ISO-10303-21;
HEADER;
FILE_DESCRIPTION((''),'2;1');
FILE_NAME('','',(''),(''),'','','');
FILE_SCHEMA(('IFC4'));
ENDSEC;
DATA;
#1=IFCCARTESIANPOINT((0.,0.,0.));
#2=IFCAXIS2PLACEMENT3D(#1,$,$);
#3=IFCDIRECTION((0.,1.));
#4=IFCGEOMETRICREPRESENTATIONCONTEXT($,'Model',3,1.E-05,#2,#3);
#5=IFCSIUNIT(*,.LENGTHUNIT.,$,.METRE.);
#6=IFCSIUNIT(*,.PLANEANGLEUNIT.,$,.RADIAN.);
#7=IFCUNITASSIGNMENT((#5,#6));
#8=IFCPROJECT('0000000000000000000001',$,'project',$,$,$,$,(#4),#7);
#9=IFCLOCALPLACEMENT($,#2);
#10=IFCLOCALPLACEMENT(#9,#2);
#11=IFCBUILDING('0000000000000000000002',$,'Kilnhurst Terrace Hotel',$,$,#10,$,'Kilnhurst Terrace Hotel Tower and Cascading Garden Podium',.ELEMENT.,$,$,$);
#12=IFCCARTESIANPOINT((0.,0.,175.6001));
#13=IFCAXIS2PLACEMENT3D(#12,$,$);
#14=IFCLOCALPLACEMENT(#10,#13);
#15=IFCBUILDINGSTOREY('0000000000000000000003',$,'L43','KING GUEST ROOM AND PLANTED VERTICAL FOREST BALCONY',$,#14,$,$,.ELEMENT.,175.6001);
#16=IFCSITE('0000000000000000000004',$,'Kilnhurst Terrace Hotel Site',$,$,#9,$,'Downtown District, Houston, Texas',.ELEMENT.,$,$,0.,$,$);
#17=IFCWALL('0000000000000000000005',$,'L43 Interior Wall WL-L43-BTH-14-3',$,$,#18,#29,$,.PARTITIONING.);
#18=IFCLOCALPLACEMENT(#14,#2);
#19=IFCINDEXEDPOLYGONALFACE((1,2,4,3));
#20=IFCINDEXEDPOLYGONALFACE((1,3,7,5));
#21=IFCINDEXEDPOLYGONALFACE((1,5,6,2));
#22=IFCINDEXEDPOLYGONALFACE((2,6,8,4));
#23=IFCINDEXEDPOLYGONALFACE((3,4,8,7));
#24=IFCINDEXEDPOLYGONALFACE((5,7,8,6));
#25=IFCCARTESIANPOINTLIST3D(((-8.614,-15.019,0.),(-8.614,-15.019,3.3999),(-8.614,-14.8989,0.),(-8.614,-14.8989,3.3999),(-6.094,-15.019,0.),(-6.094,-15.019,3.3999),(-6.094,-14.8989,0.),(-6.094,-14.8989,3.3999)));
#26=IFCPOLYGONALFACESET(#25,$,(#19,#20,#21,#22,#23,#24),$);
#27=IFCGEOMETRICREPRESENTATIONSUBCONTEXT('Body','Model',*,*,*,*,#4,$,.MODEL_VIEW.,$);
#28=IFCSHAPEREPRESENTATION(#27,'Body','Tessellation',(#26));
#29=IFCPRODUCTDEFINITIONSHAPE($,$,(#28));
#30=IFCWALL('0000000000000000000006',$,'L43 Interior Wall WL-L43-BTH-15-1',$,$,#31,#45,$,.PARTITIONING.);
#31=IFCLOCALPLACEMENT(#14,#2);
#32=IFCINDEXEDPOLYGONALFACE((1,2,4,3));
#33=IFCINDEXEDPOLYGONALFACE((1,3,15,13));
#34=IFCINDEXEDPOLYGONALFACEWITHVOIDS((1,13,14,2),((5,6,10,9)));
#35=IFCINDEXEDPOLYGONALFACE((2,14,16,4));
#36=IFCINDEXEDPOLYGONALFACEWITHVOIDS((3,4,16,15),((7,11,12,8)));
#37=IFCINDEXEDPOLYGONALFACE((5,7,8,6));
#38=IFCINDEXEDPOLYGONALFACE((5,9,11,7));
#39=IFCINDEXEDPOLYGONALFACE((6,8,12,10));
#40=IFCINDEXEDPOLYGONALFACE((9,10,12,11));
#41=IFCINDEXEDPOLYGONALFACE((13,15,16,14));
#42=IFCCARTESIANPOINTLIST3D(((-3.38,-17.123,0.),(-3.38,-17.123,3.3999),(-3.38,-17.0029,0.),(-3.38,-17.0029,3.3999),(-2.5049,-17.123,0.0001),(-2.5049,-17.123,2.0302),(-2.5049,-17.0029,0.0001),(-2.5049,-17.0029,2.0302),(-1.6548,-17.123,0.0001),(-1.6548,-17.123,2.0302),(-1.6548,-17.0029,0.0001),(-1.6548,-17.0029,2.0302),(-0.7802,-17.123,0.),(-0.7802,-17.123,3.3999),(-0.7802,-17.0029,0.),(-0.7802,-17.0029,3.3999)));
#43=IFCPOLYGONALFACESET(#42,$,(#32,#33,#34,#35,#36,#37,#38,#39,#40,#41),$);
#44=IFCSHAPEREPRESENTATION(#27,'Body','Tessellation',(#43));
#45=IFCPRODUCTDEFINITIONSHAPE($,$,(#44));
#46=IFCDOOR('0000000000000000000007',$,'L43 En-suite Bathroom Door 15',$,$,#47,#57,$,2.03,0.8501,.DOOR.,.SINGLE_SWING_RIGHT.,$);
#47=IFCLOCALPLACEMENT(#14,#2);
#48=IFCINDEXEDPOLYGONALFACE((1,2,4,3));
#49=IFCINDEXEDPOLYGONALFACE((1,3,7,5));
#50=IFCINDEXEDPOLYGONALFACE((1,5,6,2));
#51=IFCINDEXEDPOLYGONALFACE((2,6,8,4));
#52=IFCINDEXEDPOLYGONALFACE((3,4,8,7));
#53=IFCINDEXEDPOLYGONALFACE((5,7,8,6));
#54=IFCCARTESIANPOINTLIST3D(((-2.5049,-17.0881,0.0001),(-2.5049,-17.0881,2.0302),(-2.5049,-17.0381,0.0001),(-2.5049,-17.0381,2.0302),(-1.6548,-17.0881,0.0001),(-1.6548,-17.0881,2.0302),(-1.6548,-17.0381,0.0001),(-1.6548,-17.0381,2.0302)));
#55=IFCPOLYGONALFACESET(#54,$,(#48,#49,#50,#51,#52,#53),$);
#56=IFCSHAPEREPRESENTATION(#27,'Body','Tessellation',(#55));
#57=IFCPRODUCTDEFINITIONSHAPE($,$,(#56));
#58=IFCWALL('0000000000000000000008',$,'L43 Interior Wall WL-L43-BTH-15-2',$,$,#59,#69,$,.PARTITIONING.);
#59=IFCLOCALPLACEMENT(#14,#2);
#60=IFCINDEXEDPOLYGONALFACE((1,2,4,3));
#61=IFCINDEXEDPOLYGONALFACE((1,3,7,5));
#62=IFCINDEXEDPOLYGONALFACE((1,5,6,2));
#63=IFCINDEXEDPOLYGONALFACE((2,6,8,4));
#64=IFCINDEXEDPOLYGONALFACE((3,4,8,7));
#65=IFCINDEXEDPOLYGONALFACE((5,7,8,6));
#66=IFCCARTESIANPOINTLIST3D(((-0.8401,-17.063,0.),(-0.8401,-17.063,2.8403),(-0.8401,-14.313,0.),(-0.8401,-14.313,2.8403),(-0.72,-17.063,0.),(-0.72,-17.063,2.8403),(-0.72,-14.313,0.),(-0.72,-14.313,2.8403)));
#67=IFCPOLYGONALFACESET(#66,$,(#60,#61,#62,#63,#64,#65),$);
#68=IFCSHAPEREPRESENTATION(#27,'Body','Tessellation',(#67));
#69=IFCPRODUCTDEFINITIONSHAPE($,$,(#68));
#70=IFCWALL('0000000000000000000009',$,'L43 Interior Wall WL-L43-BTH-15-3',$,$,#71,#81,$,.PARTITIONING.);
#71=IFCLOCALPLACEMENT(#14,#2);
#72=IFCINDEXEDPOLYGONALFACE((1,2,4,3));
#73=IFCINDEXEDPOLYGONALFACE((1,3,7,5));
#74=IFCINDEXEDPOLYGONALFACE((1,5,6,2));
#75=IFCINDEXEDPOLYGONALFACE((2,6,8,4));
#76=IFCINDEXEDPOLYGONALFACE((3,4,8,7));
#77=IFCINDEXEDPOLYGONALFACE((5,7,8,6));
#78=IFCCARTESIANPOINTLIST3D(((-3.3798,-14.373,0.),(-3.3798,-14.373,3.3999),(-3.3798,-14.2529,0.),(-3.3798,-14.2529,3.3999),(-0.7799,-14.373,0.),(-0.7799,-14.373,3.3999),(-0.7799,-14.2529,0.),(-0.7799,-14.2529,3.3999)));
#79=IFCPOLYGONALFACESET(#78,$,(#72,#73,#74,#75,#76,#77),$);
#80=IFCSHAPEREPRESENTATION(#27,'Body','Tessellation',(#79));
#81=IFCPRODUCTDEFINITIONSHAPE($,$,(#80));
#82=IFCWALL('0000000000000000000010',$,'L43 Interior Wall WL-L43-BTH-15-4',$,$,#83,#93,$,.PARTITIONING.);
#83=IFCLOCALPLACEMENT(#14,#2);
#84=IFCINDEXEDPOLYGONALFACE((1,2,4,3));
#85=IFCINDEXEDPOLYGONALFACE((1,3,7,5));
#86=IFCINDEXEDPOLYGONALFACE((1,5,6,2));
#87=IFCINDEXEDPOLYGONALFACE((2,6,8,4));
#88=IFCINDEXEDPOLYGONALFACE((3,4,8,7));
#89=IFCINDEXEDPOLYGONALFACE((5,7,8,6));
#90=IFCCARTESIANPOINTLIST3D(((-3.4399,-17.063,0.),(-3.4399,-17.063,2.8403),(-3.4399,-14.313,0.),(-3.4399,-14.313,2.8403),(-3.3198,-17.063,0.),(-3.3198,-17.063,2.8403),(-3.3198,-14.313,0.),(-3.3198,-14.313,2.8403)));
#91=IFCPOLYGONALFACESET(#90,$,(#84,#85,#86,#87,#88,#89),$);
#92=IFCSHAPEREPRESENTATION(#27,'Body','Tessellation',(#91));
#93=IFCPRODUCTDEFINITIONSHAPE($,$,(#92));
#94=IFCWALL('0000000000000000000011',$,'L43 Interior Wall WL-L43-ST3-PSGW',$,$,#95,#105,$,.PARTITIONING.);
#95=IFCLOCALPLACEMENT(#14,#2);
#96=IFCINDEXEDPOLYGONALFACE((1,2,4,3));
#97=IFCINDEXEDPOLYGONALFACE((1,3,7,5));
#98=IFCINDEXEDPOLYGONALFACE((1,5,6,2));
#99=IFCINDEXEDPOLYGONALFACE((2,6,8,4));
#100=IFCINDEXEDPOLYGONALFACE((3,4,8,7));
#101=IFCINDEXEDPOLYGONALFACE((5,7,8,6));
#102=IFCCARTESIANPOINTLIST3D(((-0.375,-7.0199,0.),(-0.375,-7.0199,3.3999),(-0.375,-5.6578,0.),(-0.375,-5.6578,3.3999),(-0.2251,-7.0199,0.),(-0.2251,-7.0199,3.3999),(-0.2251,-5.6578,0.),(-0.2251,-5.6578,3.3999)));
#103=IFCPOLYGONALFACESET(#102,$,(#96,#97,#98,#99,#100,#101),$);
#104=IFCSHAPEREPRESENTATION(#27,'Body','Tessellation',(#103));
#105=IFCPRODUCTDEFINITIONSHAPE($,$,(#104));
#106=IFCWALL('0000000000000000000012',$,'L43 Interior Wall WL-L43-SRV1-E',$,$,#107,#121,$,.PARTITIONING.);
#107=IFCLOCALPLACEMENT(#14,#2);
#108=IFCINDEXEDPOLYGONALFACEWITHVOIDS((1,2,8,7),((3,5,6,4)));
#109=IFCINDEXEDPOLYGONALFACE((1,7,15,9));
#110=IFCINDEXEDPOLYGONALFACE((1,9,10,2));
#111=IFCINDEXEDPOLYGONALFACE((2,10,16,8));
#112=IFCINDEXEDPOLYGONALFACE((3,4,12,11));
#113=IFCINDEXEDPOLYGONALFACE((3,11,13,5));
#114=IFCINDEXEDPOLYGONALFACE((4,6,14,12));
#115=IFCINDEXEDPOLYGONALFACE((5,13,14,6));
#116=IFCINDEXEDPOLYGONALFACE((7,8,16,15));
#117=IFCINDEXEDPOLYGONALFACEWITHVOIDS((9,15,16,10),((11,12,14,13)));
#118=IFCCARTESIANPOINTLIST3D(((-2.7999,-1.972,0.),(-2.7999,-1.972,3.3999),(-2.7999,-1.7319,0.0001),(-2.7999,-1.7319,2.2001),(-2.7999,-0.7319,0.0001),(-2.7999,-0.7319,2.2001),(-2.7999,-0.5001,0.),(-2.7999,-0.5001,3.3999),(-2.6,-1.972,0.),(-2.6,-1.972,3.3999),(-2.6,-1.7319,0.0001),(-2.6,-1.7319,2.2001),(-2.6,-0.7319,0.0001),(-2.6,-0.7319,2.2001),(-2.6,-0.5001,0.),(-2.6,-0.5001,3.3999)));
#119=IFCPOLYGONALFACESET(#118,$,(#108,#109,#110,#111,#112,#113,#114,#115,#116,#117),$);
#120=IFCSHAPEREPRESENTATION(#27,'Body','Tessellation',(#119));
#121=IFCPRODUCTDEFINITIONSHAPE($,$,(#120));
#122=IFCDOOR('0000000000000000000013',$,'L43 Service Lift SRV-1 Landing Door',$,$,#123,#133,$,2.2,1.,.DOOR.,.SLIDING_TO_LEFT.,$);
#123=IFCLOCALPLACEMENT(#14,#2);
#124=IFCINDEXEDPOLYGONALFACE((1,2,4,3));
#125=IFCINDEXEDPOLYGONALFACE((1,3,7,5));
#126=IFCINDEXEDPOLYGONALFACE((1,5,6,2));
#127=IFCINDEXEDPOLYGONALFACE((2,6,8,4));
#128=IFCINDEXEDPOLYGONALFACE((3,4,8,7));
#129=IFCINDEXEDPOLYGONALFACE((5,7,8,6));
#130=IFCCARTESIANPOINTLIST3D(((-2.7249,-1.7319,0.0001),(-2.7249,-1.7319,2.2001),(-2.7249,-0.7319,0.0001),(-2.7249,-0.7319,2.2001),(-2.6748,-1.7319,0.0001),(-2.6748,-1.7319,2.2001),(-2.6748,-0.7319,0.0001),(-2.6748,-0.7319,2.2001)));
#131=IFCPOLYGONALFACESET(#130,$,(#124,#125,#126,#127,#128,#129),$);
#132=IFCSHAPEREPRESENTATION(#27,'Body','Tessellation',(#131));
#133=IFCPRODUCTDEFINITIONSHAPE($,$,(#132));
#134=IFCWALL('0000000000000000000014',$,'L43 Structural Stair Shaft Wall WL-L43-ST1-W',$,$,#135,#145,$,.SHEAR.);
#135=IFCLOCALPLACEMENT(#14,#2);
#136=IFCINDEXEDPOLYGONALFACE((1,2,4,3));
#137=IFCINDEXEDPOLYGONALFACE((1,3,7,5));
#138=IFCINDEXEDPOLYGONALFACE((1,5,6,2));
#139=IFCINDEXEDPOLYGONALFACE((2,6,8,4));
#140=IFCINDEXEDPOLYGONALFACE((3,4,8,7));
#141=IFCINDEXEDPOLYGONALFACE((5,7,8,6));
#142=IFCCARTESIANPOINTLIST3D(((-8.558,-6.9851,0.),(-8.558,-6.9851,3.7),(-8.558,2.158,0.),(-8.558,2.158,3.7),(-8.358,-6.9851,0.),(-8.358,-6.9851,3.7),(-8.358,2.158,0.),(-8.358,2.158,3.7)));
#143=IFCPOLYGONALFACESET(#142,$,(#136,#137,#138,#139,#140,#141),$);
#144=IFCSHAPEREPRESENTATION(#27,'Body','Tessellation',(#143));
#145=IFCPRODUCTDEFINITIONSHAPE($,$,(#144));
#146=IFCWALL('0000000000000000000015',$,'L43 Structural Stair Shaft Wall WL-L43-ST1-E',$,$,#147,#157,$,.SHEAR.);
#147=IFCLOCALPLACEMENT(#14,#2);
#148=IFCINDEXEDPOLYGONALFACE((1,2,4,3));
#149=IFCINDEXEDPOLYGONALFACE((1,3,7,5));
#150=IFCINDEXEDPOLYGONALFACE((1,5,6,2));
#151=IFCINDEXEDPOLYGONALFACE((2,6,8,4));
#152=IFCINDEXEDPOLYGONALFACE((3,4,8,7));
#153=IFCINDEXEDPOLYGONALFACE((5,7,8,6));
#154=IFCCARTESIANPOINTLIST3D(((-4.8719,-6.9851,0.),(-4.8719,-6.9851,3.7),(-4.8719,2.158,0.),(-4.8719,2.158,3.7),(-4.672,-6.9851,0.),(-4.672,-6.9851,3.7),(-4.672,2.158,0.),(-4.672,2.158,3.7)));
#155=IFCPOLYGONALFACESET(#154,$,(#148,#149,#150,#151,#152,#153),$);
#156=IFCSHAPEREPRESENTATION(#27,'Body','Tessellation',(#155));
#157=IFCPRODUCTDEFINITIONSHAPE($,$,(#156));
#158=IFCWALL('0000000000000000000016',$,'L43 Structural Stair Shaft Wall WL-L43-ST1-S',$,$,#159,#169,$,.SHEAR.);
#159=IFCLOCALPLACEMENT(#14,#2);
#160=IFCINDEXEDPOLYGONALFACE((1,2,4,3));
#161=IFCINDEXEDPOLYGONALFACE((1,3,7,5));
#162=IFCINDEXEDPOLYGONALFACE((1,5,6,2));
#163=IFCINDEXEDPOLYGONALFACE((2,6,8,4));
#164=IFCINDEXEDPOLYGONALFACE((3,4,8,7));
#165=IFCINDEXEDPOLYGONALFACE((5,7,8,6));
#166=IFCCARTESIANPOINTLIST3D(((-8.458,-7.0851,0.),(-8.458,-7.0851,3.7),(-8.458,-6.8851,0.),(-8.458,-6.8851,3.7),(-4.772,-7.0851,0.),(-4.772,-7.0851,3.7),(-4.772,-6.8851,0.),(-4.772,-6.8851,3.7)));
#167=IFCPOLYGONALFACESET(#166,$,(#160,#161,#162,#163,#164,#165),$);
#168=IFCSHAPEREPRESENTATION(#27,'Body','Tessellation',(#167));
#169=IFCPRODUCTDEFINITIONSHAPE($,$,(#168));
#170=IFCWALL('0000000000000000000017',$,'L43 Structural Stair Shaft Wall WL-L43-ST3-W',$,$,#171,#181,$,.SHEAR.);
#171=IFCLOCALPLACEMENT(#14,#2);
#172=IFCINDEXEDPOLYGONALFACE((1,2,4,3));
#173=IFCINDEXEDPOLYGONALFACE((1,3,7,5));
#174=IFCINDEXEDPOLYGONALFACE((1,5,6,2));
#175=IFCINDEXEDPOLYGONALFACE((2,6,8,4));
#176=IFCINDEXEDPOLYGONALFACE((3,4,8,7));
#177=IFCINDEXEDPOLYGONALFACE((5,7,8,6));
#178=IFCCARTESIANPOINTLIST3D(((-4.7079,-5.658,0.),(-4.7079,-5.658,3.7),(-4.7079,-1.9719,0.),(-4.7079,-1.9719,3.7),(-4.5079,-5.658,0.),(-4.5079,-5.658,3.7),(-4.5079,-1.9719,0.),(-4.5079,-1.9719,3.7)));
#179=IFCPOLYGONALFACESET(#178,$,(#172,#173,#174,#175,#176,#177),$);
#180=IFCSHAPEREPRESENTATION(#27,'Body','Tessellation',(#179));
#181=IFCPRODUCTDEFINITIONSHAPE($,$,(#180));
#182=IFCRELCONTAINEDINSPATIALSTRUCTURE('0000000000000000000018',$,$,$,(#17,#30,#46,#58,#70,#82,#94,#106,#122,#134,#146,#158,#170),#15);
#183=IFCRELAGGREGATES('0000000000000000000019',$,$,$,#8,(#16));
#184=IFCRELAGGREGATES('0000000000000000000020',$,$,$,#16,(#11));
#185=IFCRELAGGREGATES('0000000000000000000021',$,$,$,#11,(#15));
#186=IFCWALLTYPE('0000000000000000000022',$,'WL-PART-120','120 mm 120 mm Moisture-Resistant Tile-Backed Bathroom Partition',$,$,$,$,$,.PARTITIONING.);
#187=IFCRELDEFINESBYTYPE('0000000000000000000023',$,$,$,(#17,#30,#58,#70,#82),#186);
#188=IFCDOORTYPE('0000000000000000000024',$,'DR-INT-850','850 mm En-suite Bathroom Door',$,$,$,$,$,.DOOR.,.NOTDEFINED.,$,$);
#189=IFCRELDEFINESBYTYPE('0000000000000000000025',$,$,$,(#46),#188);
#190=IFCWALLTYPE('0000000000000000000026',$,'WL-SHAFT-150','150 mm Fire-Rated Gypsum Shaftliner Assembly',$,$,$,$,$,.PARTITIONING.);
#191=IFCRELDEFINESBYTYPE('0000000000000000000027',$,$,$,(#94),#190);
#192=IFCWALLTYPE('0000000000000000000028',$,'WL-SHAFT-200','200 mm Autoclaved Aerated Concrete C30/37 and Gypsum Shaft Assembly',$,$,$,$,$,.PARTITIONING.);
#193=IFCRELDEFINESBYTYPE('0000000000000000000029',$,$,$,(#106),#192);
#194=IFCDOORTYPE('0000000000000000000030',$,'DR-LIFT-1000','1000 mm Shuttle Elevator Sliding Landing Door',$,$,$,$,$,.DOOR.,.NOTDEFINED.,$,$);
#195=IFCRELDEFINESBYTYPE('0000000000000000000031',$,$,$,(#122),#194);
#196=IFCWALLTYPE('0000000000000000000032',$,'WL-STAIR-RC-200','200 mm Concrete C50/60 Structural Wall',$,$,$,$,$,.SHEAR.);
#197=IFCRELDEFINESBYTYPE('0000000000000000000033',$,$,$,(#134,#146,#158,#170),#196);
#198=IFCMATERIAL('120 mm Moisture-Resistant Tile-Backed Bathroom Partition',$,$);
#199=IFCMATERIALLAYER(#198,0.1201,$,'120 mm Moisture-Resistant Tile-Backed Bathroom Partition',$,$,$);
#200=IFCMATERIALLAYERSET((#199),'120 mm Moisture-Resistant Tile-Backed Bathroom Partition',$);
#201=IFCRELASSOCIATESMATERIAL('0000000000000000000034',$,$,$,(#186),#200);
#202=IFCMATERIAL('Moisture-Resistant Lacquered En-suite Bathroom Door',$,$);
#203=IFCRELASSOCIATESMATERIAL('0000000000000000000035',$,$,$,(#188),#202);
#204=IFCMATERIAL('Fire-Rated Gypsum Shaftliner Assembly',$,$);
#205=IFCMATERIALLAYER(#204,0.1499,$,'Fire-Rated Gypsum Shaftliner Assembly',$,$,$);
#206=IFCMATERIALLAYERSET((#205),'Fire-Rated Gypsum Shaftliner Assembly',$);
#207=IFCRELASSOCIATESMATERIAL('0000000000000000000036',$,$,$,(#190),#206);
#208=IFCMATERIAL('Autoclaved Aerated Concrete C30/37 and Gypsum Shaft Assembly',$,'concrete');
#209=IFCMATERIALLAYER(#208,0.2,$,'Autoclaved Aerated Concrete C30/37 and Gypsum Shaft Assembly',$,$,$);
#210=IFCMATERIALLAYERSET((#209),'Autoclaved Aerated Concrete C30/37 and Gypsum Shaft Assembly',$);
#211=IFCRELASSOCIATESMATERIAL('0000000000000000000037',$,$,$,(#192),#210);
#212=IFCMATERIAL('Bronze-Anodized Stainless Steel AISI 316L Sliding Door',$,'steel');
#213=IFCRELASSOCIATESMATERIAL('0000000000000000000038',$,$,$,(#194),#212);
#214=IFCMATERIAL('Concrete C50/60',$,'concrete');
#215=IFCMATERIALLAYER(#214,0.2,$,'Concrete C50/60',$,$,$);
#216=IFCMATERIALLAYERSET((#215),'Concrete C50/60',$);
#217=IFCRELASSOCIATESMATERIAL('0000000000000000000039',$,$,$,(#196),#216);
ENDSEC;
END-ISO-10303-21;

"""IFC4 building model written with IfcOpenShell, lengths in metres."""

from ifc_helpers import new_model, si_unit, direction, frame, frame_2d, origin, place, context, subcontext, project, spatial, rectangle, extrude, material, layer, layer_set, type_object, element, fill, save


model = new_model("IFC4")

# Units and contexts
model_context = context("Model", 3, precision=1e-05, world=origin(), true_north=direction((0.0, 1.0)))
body_context = subcontext(model_context, "Body", "Model", "MODEL_VIEW")
ifc_project = project(units=[si_unit("LENGTHUNIT", "METRE"), si_unit("PLANEANGLEUNIT", "RADIAN")], contexts=[model_context])

# Site, building, storey
site_placement = place(None, origin())
site = spatial("IfcSite", under=ifc_project, at=site_placement, Name="Kilnhurst Terrace Hotel Site", LongName="Downtown District, Houston, Texas", CompositionType="ELEMENT", RefElevation=0.0)
building_placement = place(site_placement, origin())
building = spatial("IfcBuilding", under=site, at=building_placement, Name="Kilnhurst Terrace Hotel", LongName="Kilnhurst Terrace Hotel Tower and Cascading Garden Podium", CompositionType="ELEMENT")
storey_placement = place(building_placement, frame((0.0, 0.0, 175.6001)))
storey = spatial("IfcBuildingStorey", under=building, at=storey_placement, Name="L43", Description="KING GUEST ROOM AND PLANTED VERTICAL FOREST BALCONY", CompositionType="ELEMENT", Elevation=175.6001)

# Shared definitions
ifc_material_1 = material(Name="Concrete C50/60", Category="concrete")

# Wall
ifc_material_2 = material(Name="120 mm Moisture-Resistant Tile-Backed Bathroom Partition")
ifc_layer_1 = layer(ifc_material_2, 0.1201, Name="120 mm Moisture-Resistant Tile-Backed Bathroom Partition")
ifc_layer_set_1 = layer_set([ifc_layer_1], Name="120 mm Moisture-Resistant Tile-Backed Bathroom Partition")
wall_type_1 = type_object("IfcWallType", Name="WL-PART-120", Description="120 mm 120 mm Moisture-Resistant Tile-Backed Bathroom Partition", PredefinedType="PARTITIONING", material=ifc_layer_set_1)
wall_1_placement = place(storey_placement, frame((-6.094, -14.959, 0.0), z_axis=(0.0, 0.0, 1.0), x_axis=(-1.0, 0.0, 0.0)))
element("IfcWall", 1, at=wall_1_placement, inside=storey, type_object=wall_type_1, Name="L43 Interior Wall WL-L43-BTH-14-3", PredefinedType="PARTITIONING", context=body_context, shape_type="SweptSolid", body=[
    extrude(rectangle(XDim=2.52, YDim=0.1201, at=frame_2d((1.26, 0.0))), origin(), (0.0, 0.0, 1.0), 3.3999),
])

# Wall, opening, door
wall_2_placement = place(storey_placement, frame((-3.3799, -17.063, 0.0), z_axis=(0.0, 0.0, 1.0), x_axis=(1.0, 0.0, 0.0)))
wall_2 = element("IfcWall", 2, at=wall_2_placement, inside=storey, type_object=wall_type_1, Name="L43 Interior Wall WL-L43-BTH-15-1", PredefinedType="PARTITIONING", context=body_context, shape_type="SweptSolid", body=[
    extrude(rectangle(XDim=2.5999, YDim=0.1201, at=frame_2d((1.2998, 0.0))), origin(), (0.0, 0.0, 1.0), 3.3999),
])
opening_1_placement = place(wall_2_placement, frame((0.875, 0.0, 0.0)))
opening_1 = element("IfcOpeningElement", 3, at=opening_1_placement, cuts=wall_2, PredefinedType="OPENING", context=body_context, shape_type="SweptSolid", body=[
    extrude(rectangle(XDim=0.8501, YDim=2.03, at=frame_2d((0.425, 1.0151))), frame((0.0, 0.0701, 0.0), z_axis=(0.0, -1.0, 0.0), x_axis=(1.0, 0.0, 0.0)), (0.0, 0.0, 1.0), 0.1401),
])
ifc_material_3 = material(Name="Moisture-Resistant Lacquered En-suite Bathroom Door")
door_type_1 = type_object("IfcDoorType", Name="DR-INT-850", Description="850 mm En-suite Bathroom Door", OperationType="NOTDEFINED", PredefinedType="DOOR", material=ifc_material_3)
door_1_placement = place(opening_1_placement, origin())
door_1 = element("IfcDoor", 4, at=door_1_placement, inside=storey, type_object=door_type_1, Name="L43 En-suite Bathroom Door 15", OperationType="SINGLE_SWING_RIGHT", OverallHeight=2.03, OverallWidth=0.8501, PredefinedType="DOOR", context=body_context, shape_type="SweptSolid", body=[
    extrude(rectangle(XDim=0.8501, YDim=2.03, at=frame_2d((0.425, 1.0151))), frame((0.0, 0.0249, 0.0), z_axis=(0.0, -1.0, 0.0), x_axis=(1.0, 0.0, 0.0)), (0.0, 0.0, 1.0), 0.05),
])
fill(opening_1, door_1)

# Walls
wall_3_placement = place(storey_placement, frame((-0.78, -17.063, 0.0), z_axis=(0.0, 0.0, 1.0), x_axis=(0.0, 1.0, 0.0)))
element("IfcWall", 5, at=wall_3_placement, inside=storey, type_object=wall_type_1, Name="L43 Interior Wall WL-L43-BTH-15-2", PredefinedType="PARTITIONING", context=body_context, shape_type="SweptSolid", body=[
    extrude(rectangle(XDim=2.75, YDim=0.1201, at=frame_2d((1.375, 0.0))), origin(), (0.0, 0.0, 1.0), 2.8403),
])
wall_4_placement = place(storey_placement, frame((-0.78, -14.313, 0.0), z_axis=(0.0, 0.0, 1.0), x_axis=(-1.0, 0.0, 0.0)))
element("IfcWall", 6, at=wall_4_placement, inside=storey, type_object=wall_type_1, Name="L43 Interior Wall WL-L43-BTH-15-3", PredefinedType="PARTITIONING", context=body_context, shape_type="SweptSolid", body=[
    extrude(rectangle(XDim=2.5999, YDim=0.1201, at=frame_2d((1.2998, 0.0))), origin(), (0.0, 0.0, 1.0), 3.3999),
])
wall_5_placement = place(storey_placement, frame((-3.3799, -14.313, 0.0), z_axis=(0.0, 0.0, 1.0), x_axis=(0.0, -1.0, 0.0)))
element("IfcWall", 7, at=wall_5_placement, inside=storey, type_object=wall_type_1, Name="L43 Interior Wall WL-L43-BTH-15-4", PredefinedType="PARTITIONING", context=body_context, shape_type="SweptSolid", body=[
    extrude(rectangle(XDim=2.75, YDim=0.1201, at=frame_2d((1.375, 0.0))), origin(), (0.0, 0.0, 1.0), 2.8403),
])
ifc_material_4 = material(Name="Fire-Rated Gypsum Shaftliner Assembly")
ifc_layer_2 = layer(ifc_material_4, 0.1499, Name="Fire-Rated Gypsum Shaftliner Assembly")
ifc_layer_set_2 = layer_set([ifc_layer_2], Name="Fire-Rated Gypsum Shaftliner Assembly")
wall_type_2 = type_object("IfcWallType", Name="WL-SHAFT-150", Description="150 mm Fire-Rated Gypsum Shaftliner Assembly", PredefinedType="PARTITIONING", material=ifc_layer_set_2)
wall_6_placement = place(storey_placement, frame((-0.3, -7.02, 0.0), z_axis=(0.0, 0.0, 1.0), x_axis=(0.0, 1.0, 0.0)))
element("IfcWall", 8, at=wall_6_placement, inside=storey, type_object=wall_type_2, Name="L43 Interior Wall WL-L43-ST3-PSGW", PredefinedType="PARTITIONING", context=body_context, shape_type="SweptSolid", body=[
    extrude(rectangle(XDim=1.3621, YDim=0.1499, at=frame_2d((0.6812, 0.0))), origin(), (0.0, 0.0, 1.0), 3.3999),
])

# Wall, opening, door
ifc_material_5 = material(Name="Autoclaved Aerated Concrete C30/37 and Gypsum Shaft Assembly", Category="concrete")
ifc_layer_3 = layer(ifc_material_5, 0.2, Name="Autoclaved Aerated Concrete C30/37 and Gypsum Shaft Assembly")
ifc_layer_set_3 = layer_set([ifc_layer_3], Name="Autoclaved Aerated Concrete C30/37 and Gypsum Shaft Assembly")
wall_type_3 = type_object("IfcWallType", Name="WL-SHAFT-200", Description="200 mm Autoclaved Aerated Concrete C30/37 and Gypsum Shaft Assembly", PredefinedType="PARTITIONING", material=ifc_layer_set_3)
wall_7_placement = place(storey_placement, frame((-2.7, -1.9719, 0.0), z_axis=(0.0, 0.0, 1.0), x_axis=(0.0, 1.0, 0.0)))
wall_7 = element("IfcWall", 9, at=wall_7_placement, inside=storey, type_object=wall_type_3, Name="L43 Interior Wall WL-L43-SRV1-E", PredefinedType="PARTITIONING", context=body_context, shape_type="SweptSolid", body=[
    extrude(rectangle(XDim=1.4719, YDim=0.2, at=frame_2d((0.7358, 0.0))), origin(), (0.0, 0.0, 1.0), 3.3999),
])
opening_2_placement = place(wall_7_placement, frame((0.24, 0.0, 0.0)))
opening_2 = element("IfcOpeningElement", 10, at=opening_2_placement, cuts=wall_7, PredefinedType="OPENING", context=body_context, shape_type="SweptSolid", body=[
    extrude(rectangle(XDim=1.0, YDim=2.2, at=frame_2d((0.5, 1.1001))), frame((0.0, 0.1099, 0.0), z_axis=(0.0, -1.0, 0.0), x_axis=(1.0, 0.0, 0.0)), (0.0, 0.0, 1.0), 0.22),
])
ifc_material_6 = material(Name="Bronze-Anodized Stainless Steel AISI 316L Sliding Door", Category="steel")
door_type_2 = type_object("IfcDoorType", Name="DR-LIFT-1000", Description="1000 mm Shuttle Elevator Sliding Landing Door", OperationType="NOTDEFINED", PredefinedType="DOOR", material=ifc_material_6)
door_2_placement = place(opening_2_placement, origin())
door_2 = element("IfcDoor", 11, at=door_2_placement, inside=storey, type_object=door_type_2, Name="L43 Service Lift SRV-1 Landing Door", OperationType="SLIDING_TO_LEFT", OverallHeight=2.2, OverallWidth=1.0, PredefinedType="DOOR", context=body_context, shape_type="SweptSolid", body=[
    extrude(rectangle(XDim=1.0, YDim=2.2, at=frame_2d((0.5, 1.1001))), frame((0.0, 0.0249, 0.0), z_axis=(0.0, -1.0, 0.0), x_axis=(1.0, 0.0, 0.0)), (0.0, 0.0, 1.0), 0.05),
])
fill(opening_2, door_2)

# Walls
ifc_layer_4 = layer(ifc_material_1, 0.2, Name="Concrete C50/60")
ifc_layer_set_4 = layer_set([ifc_layer_4], Name="Concrete C50/60")
wall_type_4 = type_object("IfcWallType", Name="WL-STAIR-RC-200", Description="200 mm Concrete C50/60 Structural Wall", PredefinedType="SHEAR", material=ifc_layer_set_4)
for number, where, z_axis, x_axis, name in (
    (12, (-8.458, -6.9851, 0.0), (0.0, 0.0, 1.0), (0.0, 1.0, 0.0), "L43 Structural Stair Shaft Wall WL-L43-ST1-W"),
    (13, (-4.772, -6.9851, 0.0), (0.0, 0.0, 1.0), (0.0, 1.0, 0.0), "L43 Structural Stair Shaft Wall WL-L43-ST1-E"),
):
    element("IfcWall", number, at=place(storey_placement, frame(where, z_axis=z_axis, x_axis=x_axis)), inside=storey, type_object=wall_type_4, Name=name, PredefinedType="SHEAR", context=body_context, shape_type="SweptSolid", body=[
        extrude(rectangle(XDim=9.1431, YDim=0.2, at=frame_2d((4.5715, 0.0))), origin(), (0.0, 0.0, 1.0), 3.7),
    ])
for number, where, z_axis, x_axis, name in (
    (14, (-8.458, -6.9851, 0.0), (0.0, 0.0, 1.0), (1.0, 0.0, 0.0), "L43 Structural Stair Shaft Wall WL-L43-ST1-S"),
    (15, (-4.6079, -5.658, 0.0), (0.0, 0.0, 1.0), (0.0, 1.0, 0.0), "L43 Structural Stair Shaft Wall WL-L43-ST3-W"),
):
    element("IfcWall", number, at=place(storey_placement, frame(where, z_axis=z_axis, x_axis=x_axis)), inside=storey, type_object=wall_type_4, Name=name, PredefinedType="SHEAR", context=body_context, shape_type="SweptSolid", body=[
        extrude(rectangle(XDim=3.686, YDim=0.2, at=frame_2d((1.843, 0.0))), origin(), (0.0, 0.0, 1.0), 3.7),
    ])

save(model, "model.ifc")
